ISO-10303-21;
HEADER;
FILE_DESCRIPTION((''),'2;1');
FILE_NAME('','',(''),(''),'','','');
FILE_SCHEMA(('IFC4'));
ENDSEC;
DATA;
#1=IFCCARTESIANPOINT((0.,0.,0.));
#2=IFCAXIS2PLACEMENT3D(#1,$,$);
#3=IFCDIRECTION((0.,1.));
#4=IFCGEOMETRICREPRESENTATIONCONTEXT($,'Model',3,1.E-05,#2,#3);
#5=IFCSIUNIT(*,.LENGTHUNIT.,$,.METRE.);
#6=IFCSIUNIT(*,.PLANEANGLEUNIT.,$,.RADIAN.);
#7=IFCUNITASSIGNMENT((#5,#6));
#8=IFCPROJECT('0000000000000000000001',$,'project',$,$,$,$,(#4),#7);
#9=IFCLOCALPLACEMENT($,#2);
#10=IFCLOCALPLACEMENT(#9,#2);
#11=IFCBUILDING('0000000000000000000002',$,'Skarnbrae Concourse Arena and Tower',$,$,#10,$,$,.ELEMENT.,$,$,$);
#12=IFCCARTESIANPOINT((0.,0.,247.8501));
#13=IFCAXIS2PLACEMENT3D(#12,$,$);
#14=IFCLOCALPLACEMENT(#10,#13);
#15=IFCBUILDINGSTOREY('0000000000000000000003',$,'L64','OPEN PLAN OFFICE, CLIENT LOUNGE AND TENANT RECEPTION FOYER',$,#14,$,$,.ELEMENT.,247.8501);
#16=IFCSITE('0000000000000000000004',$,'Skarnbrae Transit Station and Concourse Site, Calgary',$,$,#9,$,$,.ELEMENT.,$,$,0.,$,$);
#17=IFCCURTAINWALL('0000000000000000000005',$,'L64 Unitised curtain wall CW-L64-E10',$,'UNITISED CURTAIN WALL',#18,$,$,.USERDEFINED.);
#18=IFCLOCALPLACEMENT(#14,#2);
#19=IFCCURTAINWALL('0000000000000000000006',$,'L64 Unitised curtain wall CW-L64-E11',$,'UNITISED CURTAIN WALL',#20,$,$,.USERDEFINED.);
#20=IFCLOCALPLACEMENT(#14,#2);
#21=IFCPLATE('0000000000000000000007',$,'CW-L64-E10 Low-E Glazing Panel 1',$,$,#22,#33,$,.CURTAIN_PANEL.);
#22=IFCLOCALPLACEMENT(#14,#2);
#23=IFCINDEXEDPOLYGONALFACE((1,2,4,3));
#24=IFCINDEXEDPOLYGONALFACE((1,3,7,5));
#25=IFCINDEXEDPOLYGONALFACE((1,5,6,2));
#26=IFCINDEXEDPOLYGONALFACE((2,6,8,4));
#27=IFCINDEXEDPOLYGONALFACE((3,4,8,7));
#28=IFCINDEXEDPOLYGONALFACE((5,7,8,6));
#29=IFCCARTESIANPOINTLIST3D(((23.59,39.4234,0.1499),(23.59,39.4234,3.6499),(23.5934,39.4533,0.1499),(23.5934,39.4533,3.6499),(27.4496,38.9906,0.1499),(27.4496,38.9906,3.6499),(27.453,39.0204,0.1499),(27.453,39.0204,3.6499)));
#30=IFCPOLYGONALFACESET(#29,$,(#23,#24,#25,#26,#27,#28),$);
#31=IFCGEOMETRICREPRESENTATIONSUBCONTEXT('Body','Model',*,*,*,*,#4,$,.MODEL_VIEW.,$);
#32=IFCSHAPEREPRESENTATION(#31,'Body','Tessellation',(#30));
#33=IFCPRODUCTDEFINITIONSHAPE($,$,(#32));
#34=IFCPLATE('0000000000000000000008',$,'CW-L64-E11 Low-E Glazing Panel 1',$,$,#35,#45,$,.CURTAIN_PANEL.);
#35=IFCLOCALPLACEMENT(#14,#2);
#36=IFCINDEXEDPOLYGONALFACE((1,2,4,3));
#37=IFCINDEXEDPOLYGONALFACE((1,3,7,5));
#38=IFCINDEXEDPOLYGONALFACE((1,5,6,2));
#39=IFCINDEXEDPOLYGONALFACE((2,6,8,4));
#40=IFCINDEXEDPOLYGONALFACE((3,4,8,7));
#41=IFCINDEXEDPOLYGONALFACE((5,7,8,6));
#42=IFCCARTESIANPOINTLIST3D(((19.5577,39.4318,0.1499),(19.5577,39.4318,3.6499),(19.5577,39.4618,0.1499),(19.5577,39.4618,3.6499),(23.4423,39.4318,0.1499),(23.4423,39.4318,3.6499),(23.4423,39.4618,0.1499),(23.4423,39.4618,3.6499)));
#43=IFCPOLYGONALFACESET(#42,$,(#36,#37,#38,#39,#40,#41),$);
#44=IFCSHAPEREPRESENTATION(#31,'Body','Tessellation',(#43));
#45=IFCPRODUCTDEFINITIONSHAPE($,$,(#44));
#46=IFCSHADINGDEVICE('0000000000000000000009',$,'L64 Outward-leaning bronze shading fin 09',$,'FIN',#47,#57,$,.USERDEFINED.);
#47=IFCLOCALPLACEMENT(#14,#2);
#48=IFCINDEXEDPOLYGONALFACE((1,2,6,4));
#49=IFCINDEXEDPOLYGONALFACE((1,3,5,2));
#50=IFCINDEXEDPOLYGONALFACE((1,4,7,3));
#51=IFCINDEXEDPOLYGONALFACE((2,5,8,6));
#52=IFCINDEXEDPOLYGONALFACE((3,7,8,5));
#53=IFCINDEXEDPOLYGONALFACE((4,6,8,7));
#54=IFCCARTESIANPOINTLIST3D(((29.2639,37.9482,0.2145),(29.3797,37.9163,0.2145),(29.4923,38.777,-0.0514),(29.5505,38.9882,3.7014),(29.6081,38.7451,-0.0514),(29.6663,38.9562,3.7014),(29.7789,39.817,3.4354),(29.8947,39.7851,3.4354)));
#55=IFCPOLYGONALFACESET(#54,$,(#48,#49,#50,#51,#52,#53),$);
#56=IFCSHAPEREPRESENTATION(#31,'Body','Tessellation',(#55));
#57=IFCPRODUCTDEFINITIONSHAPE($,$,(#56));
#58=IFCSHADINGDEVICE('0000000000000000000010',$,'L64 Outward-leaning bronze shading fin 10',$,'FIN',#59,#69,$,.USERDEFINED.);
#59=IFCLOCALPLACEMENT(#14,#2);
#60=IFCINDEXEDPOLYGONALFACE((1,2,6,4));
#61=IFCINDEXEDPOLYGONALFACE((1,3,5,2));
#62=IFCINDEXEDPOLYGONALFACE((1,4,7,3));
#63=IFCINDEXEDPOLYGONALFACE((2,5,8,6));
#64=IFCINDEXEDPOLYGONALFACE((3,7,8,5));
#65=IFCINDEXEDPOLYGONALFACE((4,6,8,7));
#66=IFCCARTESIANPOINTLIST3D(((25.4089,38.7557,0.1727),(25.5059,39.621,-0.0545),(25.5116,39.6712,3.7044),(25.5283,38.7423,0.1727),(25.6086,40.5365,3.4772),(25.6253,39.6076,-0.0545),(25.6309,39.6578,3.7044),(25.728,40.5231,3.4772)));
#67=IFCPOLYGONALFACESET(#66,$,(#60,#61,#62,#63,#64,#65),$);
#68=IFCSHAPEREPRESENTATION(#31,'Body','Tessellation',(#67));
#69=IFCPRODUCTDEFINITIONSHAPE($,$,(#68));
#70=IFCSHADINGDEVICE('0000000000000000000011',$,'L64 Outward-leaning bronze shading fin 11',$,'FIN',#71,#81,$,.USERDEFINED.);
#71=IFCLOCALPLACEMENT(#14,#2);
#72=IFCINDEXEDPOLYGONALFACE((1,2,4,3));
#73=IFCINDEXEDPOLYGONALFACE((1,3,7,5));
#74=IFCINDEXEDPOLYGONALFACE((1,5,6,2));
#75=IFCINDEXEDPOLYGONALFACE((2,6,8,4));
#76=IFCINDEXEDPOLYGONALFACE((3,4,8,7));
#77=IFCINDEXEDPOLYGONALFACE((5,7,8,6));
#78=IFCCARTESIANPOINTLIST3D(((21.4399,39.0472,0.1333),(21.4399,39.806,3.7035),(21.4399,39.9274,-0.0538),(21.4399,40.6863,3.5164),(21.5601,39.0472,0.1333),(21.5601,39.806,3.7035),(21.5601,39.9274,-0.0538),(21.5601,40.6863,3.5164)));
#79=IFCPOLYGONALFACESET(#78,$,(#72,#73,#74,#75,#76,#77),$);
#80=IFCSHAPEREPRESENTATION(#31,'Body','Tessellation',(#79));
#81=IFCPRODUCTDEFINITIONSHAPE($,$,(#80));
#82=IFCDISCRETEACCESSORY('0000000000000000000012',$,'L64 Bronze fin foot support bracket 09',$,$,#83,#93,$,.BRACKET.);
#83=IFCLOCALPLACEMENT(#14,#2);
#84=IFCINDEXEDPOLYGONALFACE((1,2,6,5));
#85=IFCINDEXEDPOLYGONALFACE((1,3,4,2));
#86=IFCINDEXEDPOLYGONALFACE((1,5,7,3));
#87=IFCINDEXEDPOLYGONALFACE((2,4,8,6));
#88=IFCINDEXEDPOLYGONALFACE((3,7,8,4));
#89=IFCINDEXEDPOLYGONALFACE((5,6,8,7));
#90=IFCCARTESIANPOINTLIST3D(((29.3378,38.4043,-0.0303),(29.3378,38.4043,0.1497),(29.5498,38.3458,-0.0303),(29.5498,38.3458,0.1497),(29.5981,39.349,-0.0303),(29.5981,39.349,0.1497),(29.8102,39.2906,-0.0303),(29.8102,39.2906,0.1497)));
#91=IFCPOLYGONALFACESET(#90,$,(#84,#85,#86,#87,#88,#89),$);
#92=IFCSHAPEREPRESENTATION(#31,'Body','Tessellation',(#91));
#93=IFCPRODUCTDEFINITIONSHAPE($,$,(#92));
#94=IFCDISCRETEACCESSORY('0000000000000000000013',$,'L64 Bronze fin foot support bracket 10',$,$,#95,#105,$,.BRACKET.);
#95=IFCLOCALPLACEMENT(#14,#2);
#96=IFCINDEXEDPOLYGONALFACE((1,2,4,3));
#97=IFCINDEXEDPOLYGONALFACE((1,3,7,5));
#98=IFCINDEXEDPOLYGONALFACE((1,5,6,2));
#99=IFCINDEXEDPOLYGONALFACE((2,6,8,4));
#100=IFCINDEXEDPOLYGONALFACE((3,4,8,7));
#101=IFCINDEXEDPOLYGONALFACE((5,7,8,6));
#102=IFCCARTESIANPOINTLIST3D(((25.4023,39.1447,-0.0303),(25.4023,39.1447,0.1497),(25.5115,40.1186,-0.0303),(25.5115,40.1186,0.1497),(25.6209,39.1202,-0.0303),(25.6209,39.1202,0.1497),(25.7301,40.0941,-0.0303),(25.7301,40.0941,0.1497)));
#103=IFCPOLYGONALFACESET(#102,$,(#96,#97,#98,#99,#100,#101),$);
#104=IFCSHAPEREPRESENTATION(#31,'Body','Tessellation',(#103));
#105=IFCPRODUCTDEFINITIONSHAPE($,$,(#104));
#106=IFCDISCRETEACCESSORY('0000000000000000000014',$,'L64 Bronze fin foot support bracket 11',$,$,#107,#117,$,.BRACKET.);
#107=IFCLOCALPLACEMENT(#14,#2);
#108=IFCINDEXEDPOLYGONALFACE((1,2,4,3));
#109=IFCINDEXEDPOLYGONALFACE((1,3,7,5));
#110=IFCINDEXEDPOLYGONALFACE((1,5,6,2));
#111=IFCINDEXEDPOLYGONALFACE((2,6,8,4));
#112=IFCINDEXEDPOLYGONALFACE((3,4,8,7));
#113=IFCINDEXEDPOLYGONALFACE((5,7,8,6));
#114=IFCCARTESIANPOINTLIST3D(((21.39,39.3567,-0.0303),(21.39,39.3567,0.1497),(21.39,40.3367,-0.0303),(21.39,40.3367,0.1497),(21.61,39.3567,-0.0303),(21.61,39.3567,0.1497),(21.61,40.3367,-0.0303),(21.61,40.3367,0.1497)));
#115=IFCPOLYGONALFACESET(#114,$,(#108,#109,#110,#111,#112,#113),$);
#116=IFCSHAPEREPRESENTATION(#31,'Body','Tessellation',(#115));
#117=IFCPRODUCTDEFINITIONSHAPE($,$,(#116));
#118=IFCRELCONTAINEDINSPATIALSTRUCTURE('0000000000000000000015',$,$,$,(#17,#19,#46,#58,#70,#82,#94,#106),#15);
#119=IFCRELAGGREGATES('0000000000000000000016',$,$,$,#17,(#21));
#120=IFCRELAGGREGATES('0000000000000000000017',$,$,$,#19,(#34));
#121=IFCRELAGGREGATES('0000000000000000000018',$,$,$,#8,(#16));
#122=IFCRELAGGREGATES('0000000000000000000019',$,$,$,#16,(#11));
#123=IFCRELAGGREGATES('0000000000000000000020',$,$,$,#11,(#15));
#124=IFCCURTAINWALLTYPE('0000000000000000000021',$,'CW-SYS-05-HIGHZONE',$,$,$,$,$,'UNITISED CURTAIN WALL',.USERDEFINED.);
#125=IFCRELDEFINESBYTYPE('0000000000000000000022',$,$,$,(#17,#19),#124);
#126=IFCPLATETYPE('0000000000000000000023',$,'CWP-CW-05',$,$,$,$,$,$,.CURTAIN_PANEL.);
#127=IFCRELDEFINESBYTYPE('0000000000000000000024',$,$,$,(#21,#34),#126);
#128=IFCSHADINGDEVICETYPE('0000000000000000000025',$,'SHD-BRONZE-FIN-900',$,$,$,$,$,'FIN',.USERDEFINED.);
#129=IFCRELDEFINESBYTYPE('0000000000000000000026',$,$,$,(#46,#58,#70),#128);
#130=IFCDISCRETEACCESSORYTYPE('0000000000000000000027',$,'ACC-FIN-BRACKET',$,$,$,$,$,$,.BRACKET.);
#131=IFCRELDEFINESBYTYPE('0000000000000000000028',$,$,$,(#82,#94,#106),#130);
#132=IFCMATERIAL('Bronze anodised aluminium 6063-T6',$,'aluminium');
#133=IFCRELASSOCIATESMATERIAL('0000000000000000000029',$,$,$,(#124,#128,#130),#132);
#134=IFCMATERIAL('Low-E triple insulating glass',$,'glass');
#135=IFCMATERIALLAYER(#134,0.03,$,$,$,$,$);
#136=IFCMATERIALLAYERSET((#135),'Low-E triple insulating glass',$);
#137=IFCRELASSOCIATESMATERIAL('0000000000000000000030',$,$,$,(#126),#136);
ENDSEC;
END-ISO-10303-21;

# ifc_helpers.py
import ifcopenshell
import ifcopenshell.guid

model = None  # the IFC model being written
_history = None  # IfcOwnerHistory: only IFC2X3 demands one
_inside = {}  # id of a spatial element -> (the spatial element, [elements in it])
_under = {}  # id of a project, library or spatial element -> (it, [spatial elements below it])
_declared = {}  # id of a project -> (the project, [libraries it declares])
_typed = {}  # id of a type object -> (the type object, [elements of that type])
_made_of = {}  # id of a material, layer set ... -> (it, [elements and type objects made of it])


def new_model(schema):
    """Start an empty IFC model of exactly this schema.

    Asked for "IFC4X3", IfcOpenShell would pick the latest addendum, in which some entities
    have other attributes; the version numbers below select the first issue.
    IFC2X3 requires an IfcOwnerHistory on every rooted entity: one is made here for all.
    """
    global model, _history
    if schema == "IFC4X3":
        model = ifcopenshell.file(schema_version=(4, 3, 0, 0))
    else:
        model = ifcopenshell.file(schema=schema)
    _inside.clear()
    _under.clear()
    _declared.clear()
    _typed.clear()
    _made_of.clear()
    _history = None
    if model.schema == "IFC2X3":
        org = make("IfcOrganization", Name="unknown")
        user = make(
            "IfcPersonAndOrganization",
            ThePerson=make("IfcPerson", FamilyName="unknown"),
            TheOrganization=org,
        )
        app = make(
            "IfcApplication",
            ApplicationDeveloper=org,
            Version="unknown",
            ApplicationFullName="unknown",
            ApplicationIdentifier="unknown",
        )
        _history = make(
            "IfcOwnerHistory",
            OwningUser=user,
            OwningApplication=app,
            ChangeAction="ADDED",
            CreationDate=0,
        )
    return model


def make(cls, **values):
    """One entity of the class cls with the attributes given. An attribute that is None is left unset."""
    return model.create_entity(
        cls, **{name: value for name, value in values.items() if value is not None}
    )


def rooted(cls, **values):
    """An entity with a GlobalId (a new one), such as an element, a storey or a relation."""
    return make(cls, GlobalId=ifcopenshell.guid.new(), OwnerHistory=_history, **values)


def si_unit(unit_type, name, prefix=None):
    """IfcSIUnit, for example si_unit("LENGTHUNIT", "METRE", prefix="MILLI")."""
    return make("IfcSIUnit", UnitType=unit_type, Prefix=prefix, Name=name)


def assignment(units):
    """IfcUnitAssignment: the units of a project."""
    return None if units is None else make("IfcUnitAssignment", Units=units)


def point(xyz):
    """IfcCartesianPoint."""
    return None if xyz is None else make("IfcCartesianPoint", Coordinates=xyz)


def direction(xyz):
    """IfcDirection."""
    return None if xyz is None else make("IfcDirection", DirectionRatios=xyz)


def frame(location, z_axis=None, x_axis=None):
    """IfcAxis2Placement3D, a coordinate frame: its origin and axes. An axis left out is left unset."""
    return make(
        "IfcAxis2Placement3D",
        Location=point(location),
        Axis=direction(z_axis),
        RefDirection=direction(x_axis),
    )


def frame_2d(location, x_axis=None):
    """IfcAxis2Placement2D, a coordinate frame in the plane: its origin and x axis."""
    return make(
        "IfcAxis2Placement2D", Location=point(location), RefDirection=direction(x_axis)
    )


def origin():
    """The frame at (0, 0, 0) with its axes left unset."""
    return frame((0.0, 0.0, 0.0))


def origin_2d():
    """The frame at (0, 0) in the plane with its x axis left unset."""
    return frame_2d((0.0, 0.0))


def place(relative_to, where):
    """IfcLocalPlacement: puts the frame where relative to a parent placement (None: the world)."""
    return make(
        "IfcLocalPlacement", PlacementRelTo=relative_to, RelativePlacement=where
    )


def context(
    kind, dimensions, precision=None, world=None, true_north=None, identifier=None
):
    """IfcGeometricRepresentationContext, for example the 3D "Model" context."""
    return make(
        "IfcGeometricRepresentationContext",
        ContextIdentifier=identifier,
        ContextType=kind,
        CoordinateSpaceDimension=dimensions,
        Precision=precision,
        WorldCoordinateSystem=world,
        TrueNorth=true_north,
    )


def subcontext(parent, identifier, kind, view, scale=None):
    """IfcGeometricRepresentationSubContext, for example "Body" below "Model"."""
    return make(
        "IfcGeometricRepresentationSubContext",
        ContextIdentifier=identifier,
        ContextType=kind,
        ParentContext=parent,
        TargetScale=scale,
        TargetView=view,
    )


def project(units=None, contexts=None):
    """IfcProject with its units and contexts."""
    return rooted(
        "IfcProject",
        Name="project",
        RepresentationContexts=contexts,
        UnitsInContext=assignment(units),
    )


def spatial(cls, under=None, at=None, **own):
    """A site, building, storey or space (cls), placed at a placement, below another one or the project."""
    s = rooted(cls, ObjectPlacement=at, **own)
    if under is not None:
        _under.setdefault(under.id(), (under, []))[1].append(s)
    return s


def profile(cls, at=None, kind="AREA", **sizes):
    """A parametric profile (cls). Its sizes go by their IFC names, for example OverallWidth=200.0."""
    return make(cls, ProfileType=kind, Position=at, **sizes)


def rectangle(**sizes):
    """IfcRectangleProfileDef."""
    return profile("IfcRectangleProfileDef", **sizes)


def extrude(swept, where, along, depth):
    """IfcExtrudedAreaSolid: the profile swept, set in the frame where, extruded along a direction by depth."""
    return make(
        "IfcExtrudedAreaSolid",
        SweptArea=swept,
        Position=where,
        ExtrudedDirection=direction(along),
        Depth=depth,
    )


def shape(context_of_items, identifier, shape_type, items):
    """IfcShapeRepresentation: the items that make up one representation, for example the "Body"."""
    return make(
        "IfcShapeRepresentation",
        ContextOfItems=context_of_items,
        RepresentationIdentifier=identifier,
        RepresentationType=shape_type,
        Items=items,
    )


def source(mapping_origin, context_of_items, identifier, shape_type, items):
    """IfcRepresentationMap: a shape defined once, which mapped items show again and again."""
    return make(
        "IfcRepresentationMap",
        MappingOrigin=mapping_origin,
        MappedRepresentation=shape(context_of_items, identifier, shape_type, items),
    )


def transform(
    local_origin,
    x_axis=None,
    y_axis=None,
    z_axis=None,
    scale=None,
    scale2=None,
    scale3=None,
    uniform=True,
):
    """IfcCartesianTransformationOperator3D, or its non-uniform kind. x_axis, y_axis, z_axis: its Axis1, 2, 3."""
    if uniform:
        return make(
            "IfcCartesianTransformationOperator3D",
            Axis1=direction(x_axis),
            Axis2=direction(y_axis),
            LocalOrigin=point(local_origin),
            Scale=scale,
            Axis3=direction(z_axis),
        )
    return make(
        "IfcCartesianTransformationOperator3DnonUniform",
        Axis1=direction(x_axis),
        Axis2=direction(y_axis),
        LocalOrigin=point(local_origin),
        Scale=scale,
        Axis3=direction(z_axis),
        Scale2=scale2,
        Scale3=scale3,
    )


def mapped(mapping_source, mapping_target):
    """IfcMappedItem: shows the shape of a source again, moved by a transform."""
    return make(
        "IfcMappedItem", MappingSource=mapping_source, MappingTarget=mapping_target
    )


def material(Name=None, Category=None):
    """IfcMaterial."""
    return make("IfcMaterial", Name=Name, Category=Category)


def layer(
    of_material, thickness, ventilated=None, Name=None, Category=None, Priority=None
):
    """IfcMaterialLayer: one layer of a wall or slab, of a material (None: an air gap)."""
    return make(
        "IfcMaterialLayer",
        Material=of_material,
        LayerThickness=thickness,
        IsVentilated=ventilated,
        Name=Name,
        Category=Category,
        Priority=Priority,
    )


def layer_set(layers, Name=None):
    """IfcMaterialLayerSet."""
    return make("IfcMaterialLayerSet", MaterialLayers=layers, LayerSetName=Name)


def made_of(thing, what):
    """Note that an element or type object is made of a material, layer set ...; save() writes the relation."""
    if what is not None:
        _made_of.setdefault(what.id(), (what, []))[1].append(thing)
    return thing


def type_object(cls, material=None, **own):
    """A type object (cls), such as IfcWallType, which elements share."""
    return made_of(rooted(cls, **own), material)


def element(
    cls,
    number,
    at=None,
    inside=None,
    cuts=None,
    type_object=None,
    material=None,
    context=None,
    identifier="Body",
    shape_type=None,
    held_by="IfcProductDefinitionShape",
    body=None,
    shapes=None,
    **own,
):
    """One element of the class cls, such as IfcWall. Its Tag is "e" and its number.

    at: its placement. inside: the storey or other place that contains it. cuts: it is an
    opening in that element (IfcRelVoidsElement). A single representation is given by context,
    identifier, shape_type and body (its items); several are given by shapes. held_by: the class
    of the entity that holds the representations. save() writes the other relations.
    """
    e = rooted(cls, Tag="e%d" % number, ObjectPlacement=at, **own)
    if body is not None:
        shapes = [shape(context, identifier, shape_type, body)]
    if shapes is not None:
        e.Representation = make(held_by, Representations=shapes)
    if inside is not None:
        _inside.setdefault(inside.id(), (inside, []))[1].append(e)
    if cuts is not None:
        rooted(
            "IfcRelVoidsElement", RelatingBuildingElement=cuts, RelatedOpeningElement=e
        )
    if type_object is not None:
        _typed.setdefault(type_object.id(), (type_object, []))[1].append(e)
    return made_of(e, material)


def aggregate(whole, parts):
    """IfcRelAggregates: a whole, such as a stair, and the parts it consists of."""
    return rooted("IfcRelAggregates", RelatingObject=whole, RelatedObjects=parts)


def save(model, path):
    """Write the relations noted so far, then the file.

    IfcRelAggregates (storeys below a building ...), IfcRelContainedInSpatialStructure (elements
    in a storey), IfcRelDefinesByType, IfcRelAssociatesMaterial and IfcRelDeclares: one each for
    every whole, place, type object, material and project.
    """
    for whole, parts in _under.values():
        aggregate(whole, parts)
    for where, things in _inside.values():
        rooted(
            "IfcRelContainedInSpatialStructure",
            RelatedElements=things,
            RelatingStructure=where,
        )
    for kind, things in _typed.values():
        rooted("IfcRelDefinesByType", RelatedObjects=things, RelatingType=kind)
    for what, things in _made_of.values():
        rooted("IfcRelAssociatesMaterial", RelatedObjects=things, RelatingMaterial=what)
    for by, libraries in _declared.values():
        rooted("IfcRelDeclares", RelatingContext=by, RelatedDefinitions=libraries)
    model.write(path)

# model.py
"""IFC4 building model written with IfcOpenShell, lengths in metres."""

from ifc_helpers import new_model, si_unit, direction, frame, origin, origin_2d, place, context, subcontext, project, spatial, rectangle, extrude, source, transform, mapped, material, layer, layer_set, type_object, element, aggregate, save


model = new_model("IFC4")

# Units and contexts
model_context = context("Model", 3, precision=1e-05, world=origin(), true_north=direction((0.0, 1.0)))
body_context = subcontext(model_context, "Body", "Model", "MODEL_VIEW")
ifc_project = project(units=[si_unit("LENGTHUNIT", "METRE"), si_unit("PLANEANGLEUNIT", "RADIAN")], contexts=[model_context])

# Site, building, storey
site_placement = place(None, origin())
site = spatial("IfcSite", under=ifc_project, at=site_placement, Name="Skarnbrae Transit Station and Concourse Site, Calgary", CompositionType="ELEMENT", RefElevation=0.0)
building_placement = place(site_placement, origin())
building = spatial("IfcBuilding", under=site, at=building_placement, Name="Skarnbrae Concourse Arena and Tower", CompositionType="ELEMENT")
storey_placement = place(building_placement, frame((0.0, 0.0, 247.8501)))
storey = spatial("IfcBuildingStorey", under=building, at=storey_placement, Name="L64", Description="OPEN PLAN OFFICE, CLIENT LOUNGE AND TENANT RECEPTION FOYER", CompositionType="ELEMENT", Elevation=247.8501)

# Shared definitions
ifc_material_1 = material(Name="Bronze anodised aluminium 6063-T6", Category="aluminium")
curtain_wall_type = type_object("IfcCurtainWallType", Name="CW-SYS-05-HIGHZONE", ElementType="UNITISED CURTAIN WALL", PredefinedType="USERDEFINED", material=ifc_material_1)

# Curtain wall
curtain_wall_1_placement = place(storey_placement, origin())
curtain_wall_1 = element("IfcCurtainWall", 1, at=curtain_wall_1_placement, inside=storey, type_object=curtain_wall_type, Name="L64 Unitised curtain wall CW-L64-E10", ObjectType="UNITISED CURTAIN WALL", PredefinedType="USERDEFINED")

# Curtain wall
curtain_wall_2_placement = place(storey_placement, origin())
curtain_wall_2 = element("IfcCurtainWall", 2, at=curtain_wall_2_placement, inside=storey, type_object=curtain_wall_type, Name="L64 Unitised curtain wall CW-L64-E11", ObjectType="UNITISED CURTAIN WALL", PredefinedType="USERDEFINED")

# Plates
ifc_material_2 = material(Name="Low-E triple insulating glass", Category="glass")
ifc_layer = layer(ifc_material_2, 0.03)
ifc_layer_set = layer_set([ifc_layer], Name="Low-E triple insulating glass")
plate_type = type_object("IfcPlateType", Name="CWP-CW-05", PredefinedType="CURTAIN_PANEL", material=ifc_layer_set)
shared_shape_1 = source(origin(), body_context, "Body", "SweptSolid", [
    extrude(rectangle(XDim=3.8838, YDim=0.03, at=origin_2d()), origin(), (0.0, 0.0, 1.0), 3.5),
])
plate_1_placement = place(storey_placement, frame((25.5215, 39.2219, 0.1499), z_axis=(0.0, 0.0, 1.0), x_axis=(-0.993769, 0.11146, 0.0)))
plate_1 = element("IfcPlate", 3, at=plate_1_placement, type_object=plate_type, Name="CW-L64-E10 Low-E Glazing Panel 1", PredefinedType="CURTAIN_PANEL", context=body_context, shape_type="MappedRepresentation", body=[
    mapped(shared_shape_1, transform((0.0, 0.0, 0.0))),
])
aggregate(curtain_wall_1, [plate_1])
shared_shape_2 = source(origin(), body_context, "Body", "SweptSolid", [
    extrude(rectangle(XDim=3.8845, YDim=0.03, at=origin_2d()), origin(), (0.0, 0.0, 1.0), 3.5),
])
plate_2_placement = place(storey_placement, frame((21.5, 39.4468, 0.1499), z_axis=(0.0, 0.0, 1.0), x_axis=(-1.0, 0.0, 0.0)))
plate_2 = element("IfcPlate", 4, at=plate_2_placement, type_object=plate_type, Name="CW-L64-E11 Low-E Glazing Panel 1", PredefinedType="CURTAIN_PANEL", context=body_context, shape_type="MappedRepresentation", body=[
    mapped(shared_shape_2, transform((0.0, 0.0, 0.0))),
])
aggregate(curtain_wall_2, [plate_2])

# Shading devices
shading_device_type = type_object("IfcShadingDeviceType", Name="SHD-BRONZE-FIN-900", ElementType="FIN", PredefinedType="USERDEFINED", material=ifc_material_1)
shared_shape_3 = source(origin(), body_context, "Body", "SweptSolid", [
    extrude(rectangle(XDim=0.1201, YDim=0.8999, at=origin_2d()), origin(), (0.0, 0.0, 1.0), 3.6499),
])
for number, where, z_axis, x_axis, name in (
    (5, (29.436, 38.3467, 0.0815), (0.078523, 0.284919, 0.95533), (0.964058, -0.265691, 0.0), "L64 Outward-leaning bronze shading fin 09"),
    (6, (25.5171, 39.1816, 0.0591), (0.028131, 0.250835, 0.967621), (0.99377, -0.111452, 0.0), "L64 Outward-leaning bronze shading fin 10"),
    (7, (21.5, 39.4873, 0.0398), (0.0, 0.207912, 0.978148), (1.0, 0.0, 0.0), "L64 Outward-leaning bronze shading fin 11"),
):
    element("IfcShadingDevice", number, at=place(storey_placement, frame(where, z_axis=z_axis, x_axis=x_axis)), inside=storey, type_object=shading_device_type, Name=name, ObjectType="FIN", PredefinedType="USERDEFINED", context=body_context, shape_type="MappedRepresentation", body=[
        mapped(shared_shape_3, transform((0.0, 0.0, 0.0))),
    ])

# Discrete accessories
discrete_accessory_type = type_object("IfcDiscreteAccessoryType", Name="ACC-FIN-BRACKET", PredefinedType="BRACKET", material=ifc_material_1)
shared_shape_4 = source(origin(), body_context, "Body", "SweptSolid", [
    extrude(rectangle(XDim=0.22, YDim=0.98, at=origin_2d()), origin(), (0.0, 0.0, 1.0), 0.1799),
])
for number, where, z_axis, x_axis, name in (
    (8, (29.574, 38.8474, -0.0303), (0.0, 0.0, 1.0), (0.964058, -0.265691, 0.0), "L64 Bronze fin foot support bracket 09"),
    (9, (25.5662, 39.6194, -0.0303), (0.0, 0.0, 1.0), (0.99377, -0.111452, 0.0), "L64 Bronze fin foot support bracket 10"),
    (10, (21.5, 39.8467, -0.0303), (0.0, 0.0, 1.0), (1.0, 0.0, 0.0), "L64 Bronze fin foot support bracket 11"),
):
    element("IfcDiscreteAccessory", number, at=place(storey_placement, frame(where, z_axis=z_axis, x_axis=x_axis)), inside=storey, type_object=discrete_accessory_type, Name=name, PredefinedType="BRACKET", context=body_context, shape_type="MappedRepresentation", body=[
        mapped(shared_shape_4, transform((0.0, 0.0, 0.0))),
    ])

save(model, "model.ifc")
